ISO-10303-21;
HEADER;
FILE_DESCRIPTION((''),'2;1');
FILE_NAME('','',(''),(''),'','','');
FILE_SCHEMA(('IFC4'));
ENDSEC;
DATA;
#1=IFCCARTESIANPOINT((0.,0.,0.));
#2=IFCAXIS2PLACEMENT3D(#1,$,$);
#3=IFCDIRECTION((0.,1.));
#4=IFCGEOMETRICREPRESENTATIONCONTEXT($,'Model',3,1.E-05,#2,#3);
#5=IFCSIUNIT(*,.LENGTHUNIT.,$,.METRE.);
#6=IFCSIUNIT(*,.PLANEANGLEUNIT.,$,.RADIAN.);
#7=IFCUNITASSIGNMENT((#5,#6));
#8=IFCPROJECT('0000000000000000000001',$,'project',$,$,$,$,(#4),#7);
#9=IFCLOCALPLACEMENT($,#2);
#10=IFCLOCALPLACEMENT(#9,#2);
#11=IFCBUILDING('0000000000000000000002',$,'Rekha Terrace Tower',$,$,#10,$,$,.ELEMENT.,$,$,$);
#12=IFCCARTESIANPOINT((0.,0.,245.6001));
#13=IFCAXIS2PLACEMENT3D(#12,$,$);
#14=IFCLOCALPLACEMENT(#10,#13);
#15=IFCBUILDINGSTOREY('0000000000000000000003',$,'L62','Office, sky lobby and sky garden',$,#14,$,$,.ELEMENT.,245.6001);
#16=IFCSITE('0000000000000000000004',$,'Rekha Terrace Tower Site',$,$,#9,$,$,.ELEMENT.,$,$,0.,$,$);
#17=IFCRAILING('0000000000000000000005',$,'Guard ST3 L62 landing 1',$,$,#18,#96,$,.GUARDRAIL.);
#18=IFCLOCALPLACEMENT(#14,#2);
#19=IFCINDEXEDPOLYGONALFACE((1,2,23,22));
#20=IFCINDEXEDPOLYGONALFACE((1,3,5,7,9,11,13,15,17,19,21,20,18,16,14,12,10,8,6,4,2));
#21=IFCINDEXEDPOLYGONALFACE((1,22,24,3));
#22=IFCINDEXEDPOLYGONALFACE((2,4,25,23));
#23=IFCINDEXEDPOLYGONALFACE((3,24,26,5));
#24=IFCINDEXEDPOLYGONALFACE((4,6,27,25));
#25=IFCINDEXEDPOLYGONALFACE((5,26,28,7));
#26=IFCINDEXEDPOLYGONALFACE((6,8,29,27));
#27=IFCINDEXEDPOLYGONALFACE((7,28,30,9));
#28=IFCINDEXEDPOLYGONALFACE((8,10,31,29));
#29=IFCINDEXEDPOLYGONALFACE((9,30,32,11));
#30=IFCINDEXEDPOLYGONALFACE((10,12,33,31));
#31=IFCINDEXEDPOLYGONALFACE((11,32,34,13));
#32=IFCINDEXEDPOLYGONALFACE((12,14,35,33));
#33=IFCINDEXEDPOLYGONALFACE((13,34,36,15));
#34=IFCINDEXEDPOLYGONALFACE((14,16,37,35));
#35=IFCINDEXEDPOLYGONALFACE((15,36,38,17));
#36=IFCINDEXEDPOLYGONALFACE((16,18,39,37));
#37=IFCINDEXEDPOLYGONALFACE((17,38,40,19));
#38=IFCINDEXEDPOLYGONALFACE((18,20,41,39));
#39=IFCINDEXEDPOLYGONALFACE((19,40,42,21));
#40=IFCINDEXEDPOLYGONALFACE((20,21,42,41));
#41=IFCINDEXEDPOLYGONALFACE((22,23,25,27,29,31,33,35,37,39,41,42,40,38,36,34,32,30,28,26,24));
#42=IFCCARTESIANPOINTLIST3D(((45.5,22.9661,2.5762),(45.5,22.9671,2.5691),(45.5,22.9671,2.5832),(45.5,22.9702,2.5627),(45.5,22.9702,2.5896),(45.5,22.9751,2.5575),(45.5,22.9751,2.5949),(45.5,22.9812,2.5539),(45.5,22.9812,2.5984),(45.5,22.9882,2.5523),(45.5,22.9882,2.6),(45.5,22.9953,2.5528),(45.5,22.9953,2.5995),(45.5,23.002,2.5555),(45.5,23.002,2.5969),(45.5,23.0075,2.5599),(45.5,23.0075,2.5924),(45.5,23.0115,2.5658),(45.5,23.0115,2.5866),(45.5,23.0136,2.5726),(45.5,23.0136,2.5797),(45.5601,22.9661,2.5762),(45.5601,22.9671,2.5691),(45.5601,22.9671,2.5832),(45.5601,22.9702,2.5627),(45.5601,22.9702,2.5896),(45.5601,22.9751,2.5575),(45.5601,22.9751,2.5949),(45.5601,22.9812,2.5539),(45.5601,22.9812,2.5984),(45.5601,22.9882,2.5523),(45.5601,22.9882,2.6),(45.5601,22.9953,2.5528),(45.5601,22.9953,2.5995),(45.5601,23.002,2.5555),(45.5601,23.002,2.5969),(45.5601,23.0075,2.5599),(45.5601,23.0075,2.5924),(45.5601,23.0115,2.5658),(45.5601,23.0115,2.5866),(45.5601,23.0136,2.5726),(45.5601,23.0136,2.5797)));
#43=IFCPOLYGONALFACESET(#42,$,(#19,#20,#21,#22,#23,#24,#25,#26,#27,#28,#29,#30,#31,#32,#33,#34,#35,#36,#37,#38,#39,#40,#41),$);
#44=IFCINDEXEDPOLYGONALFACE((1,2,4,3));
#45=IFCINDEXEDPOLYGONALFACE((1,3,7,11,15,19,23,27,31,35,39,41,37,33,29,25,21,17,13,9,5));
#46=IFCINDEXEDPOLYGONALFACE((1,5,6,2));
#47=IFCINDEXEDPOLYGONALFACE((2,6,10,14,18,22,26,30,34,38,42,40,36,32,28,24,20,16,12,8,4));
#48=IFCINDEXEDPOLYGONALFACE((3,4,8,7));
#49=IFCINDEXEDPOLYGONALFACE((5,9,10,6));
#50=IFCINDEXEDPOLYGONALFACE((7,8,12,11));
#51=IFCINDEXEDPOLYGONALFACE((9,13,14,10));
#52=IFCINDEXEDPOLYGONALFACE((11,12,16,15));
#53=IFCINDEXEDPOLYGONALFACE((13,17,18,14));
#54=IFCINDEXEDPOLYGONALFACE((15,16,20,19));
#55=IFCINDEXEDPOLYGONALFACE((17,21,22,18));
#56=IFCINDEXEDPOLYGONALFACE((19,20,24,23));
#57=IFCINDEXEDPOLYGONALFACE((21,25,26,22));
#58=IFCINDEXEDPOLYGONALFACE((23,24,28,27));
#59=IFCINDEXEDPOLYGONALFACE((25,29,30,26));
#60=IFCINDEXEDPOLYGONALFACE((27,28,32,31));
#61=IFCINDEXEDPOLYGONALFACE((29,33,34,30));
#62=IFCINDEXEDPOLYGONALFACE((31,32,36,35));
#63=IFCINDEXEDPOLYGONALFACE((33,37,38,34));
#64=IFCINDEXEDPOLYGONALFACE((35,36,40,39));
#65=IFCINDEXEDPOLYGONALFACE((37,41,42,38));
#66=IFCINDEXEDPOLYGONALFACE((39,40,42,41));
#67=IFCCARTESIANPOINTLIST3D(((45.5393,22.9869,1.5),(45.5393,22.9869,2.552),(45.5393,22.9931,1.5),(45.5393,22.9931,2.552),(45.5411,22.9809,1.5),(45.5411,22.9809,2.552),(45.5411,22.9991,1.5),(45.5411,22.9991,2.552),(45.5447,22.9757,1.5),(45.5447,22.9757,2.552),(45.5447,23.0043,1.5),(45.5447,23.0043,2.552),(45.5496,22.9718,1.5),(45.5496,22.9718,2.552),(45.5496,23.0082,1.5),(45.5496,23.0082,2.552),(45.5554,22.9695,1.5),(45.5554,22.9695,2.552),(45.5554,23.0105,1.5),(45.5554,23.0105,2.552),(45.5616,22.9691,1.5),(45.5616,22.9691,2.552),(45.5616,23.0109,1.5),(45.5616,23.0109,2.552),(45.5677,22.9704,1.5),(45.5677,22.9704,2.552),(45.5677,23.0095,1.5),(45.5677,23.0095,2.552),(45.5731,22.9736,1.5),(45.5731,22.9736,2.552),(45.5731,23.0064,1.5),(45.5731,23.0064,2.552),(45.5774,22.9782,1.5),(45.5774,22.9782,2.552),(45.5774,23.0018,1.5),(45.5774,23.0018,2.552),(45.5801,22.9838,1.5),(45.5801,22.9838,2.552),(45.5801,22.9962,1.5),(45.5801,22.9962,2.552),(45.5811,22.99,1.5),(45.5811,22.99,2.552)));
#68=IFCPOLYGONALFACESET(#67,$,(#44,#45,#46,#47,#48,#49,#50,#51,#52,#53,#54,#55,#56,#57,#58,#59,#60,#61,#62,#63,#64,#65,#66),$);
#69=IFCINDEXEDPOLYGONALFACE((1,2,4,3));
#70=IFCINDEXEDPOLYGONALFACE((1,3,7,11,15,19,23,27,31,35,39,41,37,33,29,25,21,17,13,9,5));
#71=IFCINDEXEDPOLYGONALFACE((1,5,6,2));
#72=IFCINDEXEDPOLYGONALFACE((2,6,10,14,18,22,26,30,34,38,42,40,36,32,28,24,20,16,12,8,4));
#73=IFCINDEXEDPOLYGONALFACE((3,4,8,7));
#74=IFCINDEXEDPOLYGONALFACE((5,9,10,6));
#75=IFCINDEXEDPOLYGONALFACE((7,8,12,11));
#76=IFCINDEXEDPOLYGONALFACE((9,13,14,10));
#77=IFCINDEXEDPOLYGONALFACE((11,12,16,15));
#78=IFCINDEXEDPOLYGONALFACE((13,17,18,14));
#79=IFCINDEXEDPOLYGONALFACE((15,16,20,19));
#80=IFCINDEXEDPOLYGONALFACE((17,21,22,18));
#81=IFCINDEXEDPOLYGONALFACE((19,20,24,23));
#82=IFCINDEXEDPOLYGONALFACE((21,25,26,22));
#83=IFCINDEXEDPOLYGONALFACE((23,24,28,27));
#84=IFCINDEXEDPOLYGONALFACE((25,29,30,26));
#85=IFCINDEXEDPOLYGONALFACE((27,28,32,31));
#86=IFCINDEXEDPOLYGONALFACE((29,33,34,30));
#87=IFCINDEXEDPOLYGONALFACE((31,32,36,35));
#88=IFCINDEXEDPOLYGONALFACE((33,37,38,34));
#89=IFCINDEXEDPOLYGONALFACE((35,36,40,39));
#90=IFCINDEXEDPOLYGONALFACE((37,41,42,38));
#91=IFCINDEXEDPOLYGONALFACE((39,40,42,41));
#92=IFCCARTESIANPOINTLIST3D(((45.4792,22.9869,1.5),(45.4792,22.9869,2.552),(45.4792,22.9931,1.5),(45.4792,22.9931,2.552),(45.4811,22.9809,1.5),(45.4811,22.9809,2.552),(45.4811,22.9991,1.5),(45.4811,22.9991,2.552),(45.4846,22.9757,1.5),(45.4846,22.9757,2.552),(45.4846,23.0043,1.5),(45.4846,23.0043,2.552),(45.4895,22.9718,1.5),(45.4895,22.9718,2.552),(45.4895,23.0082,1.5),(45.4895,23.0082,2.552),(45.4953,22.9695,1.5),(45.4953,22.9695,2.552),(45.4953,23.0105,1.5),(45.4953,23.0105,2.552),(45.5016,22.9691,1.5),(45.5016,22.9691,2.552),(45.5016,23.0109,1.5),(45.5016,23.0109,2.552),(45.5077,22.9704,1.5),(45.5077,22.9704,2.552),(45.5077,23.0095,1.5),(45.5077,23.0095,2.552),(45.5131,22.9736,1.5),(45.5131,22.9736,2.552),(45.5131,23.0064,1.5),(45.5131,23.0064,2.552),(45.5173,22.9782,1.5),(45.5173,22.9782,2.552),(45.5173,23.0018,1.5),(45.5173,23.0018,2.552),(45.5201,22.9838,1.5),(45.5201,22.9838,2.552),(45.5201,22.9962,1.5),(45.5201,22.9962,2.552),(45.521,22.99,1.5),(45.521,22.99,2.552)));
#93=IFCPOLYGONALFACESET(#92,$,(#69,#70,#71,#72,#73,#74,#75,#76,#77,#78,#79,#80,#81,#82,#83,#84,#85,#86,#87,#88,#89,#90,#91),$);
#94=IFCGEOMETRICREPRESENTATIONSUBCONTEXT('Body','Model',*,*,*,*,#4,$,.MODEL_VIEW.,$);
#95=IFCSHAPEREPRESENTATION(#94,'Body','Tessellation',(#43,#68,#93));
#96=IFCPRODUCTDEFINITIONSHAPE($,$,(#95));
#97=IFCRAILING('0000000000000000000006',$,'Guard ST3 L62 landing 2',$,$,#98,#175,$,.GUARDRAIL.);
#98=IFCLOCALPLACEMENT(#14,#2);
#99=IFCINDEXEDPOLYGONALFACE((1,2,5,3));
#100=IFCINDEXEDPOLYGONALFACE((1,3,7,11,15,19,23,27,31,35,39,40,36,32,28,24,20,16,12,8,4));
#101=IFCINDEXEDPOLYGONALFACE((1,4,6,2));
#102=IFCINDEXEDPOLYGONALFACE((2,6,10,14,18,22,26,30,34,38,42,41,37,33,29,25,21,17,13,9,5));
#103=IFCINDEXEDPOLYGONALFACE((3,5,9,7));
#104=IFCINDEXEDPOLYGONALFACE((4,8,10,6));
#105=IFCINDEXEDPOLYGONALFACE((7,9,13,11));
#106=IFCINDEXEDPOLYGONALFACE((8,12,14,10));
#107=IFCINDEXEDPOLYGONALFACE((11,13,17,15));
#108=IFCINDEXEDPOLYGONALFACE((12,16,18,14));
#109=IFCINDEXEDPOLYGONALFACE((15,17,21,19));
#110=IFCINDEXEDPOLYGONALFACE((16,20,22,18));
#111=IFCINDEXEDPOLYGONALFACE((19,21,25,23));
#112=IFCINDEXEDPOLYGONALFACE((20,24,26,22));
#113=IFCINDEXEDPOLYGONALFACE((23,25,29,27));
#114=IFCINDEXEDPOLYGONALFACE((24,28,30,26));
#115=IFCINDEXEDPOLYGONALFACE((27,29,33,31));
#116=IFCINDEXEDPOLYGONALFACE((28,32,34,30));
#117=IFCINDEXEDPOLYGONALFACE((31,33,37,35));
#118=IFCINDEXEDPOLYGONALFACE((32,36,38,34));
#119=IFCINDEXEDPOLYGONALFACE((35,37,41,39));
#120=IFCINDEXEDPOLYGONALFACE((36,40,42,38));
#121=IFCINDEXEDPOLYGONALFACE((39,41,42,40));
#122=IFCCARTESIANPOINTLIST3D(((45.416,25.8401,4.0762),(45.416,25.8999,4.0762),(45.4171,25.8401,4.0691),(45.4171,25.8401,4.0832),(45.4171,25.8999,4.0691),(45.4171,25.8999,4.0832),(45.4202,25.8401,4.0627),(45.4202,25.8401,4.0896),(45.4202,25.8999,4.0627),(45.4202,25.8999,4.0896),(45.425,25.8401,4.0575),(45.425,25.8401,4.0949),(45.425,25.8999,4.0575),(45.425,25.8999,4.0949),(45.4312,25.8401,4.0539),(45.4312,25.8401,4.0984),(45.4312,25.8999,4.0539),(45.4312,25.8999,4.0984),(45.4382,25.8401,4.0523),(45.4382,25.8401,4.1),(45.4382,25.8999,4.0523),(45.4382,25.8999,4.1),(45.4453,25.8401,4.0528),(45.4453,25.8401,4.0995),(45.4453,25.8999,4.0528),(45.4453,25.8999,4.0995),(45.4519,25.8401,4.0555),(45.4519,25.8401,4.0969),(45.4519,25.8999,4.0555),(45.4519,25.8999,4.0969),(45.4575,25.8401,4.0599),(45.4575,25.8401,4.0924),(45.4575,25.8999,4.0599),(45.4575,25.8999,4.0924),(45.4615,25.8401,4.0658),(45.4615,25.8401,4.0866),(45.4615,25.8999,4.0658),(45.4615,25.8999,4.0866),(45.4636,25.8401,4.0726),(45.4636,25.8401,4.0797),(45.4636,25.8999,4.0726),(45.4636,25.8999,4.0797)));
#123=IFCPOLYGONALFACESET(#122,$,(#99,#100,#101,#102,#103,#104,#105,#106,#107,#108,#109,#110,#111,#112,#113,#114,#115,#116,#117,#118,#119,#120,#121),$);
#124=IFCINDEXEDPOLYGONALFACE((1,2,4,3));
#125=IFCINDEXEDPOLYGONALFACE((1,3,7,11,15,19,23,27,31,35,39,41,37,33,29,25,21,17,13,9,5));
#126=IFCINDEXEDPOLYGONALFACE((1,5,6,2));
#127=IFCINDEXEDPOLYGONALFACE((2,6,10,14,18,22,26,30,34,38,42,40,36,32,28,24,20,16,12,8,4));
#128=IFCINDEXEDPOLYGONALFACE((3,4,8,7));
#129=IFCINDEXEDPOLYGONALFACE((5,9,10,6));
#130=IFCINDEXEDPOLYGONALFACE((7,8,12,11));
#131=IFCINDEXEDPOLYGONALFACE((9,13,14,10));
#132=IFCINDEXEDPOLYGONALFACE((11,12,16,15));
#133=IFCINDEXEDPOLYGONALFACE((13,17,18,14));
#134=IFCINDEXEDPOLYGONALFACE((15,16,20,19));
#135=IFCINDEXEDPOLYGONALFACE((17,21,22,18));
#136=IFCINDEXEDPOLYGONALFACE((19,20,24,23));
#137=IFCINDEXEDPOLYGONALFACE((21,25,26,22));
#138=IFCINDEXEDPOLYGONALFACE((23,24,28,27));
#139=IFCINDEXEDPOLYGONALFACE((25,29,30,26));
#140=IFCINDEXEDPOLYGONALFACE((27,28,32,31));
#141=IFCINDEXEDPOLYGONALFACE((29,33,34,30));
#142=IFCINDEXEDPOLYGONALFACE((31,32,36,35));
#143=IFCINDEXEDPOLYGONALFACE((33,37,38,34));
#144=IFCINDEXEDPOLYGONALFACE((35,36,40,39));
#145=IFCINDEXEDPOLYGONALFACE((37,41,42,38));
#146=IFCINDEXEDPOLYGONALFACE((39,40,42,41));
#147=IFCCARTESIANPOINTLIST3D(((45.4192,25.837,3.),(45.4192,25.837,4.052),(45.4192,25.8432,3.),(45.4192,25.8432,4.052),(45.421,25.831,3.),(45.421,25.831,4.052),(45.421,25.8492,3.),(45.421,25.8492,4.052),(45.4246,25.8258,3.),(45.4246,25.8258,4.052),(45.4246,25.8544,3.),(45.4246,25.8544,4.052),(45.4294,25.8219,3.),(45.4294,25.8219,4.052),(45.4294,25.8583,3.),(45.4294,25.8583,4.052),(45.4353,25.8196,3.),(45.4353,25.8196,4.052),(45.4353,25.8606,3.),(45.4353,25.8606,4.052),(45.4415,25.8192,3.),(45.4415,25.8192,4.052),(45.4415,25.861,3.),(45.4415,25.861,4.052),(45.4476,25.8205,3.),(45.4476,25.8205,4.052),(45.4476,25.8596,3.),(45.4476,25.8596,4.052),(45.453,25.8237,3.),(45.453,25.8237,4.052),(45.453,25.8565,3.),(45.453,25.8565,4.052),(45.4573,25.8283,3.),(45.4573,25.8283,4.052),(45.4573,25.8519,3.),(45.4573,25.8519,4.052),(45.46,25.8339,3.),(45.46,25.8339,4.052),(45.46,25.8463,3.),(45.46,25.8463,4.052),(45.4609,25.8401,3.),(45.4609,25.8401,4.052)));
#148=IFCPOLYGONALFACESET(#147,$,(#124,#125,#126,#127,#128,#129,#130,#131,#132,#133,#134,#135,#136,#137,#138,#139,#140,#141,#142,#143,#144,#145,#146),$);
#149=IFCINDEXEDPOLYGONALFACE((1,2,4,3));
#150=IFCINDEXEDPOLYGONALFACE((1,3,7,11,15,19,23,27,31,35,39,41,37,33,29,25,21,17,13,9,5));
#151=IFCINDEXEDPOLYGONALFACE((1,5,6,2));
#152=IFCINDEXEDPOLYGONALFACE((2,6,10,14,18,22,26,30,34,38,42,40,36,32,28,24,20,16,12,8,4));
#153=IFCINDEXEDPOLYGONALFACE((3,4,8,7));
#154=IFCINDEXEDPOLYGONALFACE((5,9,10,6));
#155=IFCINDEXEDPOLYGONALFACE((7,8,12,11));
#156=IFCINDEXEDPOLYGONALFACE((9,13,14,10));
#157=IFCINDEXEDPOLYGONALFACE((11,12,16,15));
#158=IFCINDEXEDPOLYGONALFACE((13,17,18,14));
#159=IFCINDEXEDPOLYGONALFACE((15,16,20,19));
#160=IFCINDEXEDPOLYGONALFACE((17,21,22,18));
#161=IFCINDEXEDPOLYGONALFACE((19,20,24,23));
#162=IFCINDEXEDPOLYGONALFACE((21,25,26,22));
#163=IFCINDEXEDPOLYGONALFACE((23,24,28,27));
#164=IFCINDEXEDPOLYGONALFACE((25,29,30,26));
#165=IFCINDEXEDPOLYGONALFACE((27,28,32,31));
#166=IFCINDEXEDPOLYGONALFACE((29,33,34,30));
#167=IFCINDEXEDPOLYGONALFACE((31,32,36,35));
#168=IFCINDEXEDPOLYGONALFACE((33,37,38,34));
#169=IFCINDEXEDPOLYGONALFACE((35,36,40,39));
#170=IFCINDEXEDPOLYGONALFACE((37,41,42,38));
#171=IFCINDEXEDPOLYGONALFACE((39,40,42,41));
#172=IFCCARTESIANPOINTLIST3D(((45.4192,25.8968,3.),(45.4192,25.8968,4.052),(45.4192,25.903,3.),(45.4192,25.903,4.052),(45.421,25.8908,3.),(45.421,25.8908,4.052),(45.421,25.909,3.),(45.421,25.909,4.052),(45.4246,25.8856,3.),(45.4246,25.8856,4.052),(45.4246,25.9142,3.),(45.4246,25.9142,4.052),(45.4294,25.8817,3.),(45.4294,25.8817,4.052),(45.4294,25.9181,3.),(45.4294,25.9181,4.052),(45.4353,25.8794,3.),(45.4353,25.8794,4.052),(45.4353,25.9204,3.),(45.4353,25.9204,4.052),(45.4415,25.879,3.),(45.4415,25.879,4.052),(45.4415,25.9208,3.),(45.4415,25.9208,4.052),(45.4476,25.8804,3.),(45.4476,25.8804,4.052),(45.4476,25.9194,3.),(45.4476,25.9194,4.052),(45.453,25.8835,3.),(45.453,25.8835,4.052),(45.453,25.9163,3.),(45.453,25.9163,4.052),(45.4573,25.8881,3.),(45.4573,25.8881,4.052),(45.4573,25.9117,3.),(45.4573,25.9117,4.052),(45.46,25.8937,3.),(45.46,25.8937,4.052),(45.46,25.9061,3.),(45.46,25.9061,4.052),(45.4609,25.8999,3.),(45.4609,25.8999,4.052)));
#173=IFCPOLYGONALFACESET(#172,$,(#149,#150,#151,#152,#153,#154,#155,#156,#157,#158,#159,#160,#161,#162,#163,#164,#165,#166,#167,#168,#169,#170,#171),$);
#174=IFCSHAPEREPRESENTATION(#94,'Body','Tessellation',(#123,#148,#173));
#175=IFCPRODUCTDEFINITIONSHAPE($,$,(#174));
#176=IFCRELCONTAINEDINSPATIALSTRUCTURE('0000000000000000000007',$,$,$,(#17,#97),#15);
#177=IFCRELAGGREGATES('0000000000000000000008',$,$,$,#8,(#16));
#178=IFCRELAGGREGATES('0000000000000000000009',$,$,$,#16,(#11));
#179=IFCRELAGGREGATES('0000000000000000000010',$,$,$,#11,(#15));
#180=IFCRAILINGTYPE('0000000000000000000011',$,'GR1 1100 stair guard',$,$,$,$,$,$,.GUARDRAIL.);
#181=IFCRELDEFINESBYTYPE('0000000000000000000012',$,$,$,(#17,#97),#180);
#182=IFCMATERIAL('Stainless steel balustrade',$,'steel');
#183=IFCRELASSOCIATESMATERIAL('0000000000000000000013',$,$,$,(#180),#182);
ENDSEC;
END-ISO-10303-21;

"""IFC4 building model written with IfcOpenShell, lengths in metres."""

from ifc_helpers import new_model, si_unit, direction, frame, origin, origin_2d, place, context, subcontext, project, spatial, circle, extrude, material, type_object, element, save


model = new_model("IFC4")

# Units and contexts
model_context = context("Model", 3, precision=1e-05, world=origin(), true_north=direction((0.0, 1.0)))
body_context = subcontext(model_context, "Body", "Model", "MODEL_VIEW")
ifc_project = project(units=[si_unit("LENGTHUNIT", "METRE"), si_unit("PLANEANGLEUNIT", "RADIAN")], contexts=[model_context])

# Site, building, storey
site_placement = place(None, origin())
site = spatial("IfcSite", under=ifc_project, at=site_placement, Name="Rekha Terrace Tower Site", CompositionType="ELEMENT", RefElevation=0.0)
building_placement = place(site_placement, origin())
building = spatial("IfcBuilding", under=site, at=building_placement, Name="Rekha Terrace Tower", CompositionType="ELEMENT")
storey_placement = place(building_placement, frame((0.0, 0.0, 245.6001)))
storey = spatial("IfcBuildingStorey", under=building, at=storey_placement, Name="L62", Description="Office, sky lobby and sky garden", CompositionType="ELEMENT", Elevation=245.6001)

# Railings
ifc_material_1 = material(Name="Stainless steel balustrade", Category="steel")
railing_type_1 = type_object("IfcRailingType", Name="GR1 1100 stair guard", PredefinedType="GUARDRAIL", material=ifc_material_1)
railing_1_placement = place(storey_placement, frame((45.5601, 22.99, 1.5)))
element("IfcRailing", 1, at=railing_1_placement, inside=storey, type_object=railing_type_1, Name="Guard ST3 L62 landing 1", PredefinedType="GUARDRAIL", context=body_context, shape_type="SweptSolid", body=[
    extrude(circle(Radius=0.0239, at=origin_2d()), frame((0.0, 0.0, 1.0762), z_axis=(-1.0, 0.0, 0.0), x_axis=(0.0, -1.0, 0.0)), (0.0, 0.0, 1.0), 0.0601),
    extrude(circle(Radius=0.021, at=origin_2d()), origin(), (0.0, 0.0, 1.0), 1.052),
    extrude(circle(Radius=0.021, at=origin_2d()), frame((-0.0601, 0.0, 0.0)), (0.0, 0.0, 1.0), 1.052),
])
railing_2_placement = place(storey_placement, frame((45.4399, 25.8401, 3.0)))
element("IfcRailing", 2, at=railing_2_placement, inside=storey, type_object=railing_type_1, Name="Guard ST3 L62 landing 2", PredefinedType="GUARDRAIL", context=body_context, shape_type="SweptSolid", body=[
    extrude(circle(Radius=0.0239, at=origin_2d()), frame((0.0, 0.0, 1.0762), z_axis=(0.0, 1.0, 0.0), x_axis=(-1.0, 0.0, 0.0)), (0.0, 0.0, 1.0), 0.0598),
    extrude(circle(Radius=0.021, at=origin_2d()), origin(), (0.0, 0.0, 1.0), 1.052),
    extrude(circle(Radius=0.021, at=origin_2d()), frame((0.0, 0.0598, 0.0)), (0.0, 0.0, 1.0), 1.052),
])

save(model, "model.ifc")
